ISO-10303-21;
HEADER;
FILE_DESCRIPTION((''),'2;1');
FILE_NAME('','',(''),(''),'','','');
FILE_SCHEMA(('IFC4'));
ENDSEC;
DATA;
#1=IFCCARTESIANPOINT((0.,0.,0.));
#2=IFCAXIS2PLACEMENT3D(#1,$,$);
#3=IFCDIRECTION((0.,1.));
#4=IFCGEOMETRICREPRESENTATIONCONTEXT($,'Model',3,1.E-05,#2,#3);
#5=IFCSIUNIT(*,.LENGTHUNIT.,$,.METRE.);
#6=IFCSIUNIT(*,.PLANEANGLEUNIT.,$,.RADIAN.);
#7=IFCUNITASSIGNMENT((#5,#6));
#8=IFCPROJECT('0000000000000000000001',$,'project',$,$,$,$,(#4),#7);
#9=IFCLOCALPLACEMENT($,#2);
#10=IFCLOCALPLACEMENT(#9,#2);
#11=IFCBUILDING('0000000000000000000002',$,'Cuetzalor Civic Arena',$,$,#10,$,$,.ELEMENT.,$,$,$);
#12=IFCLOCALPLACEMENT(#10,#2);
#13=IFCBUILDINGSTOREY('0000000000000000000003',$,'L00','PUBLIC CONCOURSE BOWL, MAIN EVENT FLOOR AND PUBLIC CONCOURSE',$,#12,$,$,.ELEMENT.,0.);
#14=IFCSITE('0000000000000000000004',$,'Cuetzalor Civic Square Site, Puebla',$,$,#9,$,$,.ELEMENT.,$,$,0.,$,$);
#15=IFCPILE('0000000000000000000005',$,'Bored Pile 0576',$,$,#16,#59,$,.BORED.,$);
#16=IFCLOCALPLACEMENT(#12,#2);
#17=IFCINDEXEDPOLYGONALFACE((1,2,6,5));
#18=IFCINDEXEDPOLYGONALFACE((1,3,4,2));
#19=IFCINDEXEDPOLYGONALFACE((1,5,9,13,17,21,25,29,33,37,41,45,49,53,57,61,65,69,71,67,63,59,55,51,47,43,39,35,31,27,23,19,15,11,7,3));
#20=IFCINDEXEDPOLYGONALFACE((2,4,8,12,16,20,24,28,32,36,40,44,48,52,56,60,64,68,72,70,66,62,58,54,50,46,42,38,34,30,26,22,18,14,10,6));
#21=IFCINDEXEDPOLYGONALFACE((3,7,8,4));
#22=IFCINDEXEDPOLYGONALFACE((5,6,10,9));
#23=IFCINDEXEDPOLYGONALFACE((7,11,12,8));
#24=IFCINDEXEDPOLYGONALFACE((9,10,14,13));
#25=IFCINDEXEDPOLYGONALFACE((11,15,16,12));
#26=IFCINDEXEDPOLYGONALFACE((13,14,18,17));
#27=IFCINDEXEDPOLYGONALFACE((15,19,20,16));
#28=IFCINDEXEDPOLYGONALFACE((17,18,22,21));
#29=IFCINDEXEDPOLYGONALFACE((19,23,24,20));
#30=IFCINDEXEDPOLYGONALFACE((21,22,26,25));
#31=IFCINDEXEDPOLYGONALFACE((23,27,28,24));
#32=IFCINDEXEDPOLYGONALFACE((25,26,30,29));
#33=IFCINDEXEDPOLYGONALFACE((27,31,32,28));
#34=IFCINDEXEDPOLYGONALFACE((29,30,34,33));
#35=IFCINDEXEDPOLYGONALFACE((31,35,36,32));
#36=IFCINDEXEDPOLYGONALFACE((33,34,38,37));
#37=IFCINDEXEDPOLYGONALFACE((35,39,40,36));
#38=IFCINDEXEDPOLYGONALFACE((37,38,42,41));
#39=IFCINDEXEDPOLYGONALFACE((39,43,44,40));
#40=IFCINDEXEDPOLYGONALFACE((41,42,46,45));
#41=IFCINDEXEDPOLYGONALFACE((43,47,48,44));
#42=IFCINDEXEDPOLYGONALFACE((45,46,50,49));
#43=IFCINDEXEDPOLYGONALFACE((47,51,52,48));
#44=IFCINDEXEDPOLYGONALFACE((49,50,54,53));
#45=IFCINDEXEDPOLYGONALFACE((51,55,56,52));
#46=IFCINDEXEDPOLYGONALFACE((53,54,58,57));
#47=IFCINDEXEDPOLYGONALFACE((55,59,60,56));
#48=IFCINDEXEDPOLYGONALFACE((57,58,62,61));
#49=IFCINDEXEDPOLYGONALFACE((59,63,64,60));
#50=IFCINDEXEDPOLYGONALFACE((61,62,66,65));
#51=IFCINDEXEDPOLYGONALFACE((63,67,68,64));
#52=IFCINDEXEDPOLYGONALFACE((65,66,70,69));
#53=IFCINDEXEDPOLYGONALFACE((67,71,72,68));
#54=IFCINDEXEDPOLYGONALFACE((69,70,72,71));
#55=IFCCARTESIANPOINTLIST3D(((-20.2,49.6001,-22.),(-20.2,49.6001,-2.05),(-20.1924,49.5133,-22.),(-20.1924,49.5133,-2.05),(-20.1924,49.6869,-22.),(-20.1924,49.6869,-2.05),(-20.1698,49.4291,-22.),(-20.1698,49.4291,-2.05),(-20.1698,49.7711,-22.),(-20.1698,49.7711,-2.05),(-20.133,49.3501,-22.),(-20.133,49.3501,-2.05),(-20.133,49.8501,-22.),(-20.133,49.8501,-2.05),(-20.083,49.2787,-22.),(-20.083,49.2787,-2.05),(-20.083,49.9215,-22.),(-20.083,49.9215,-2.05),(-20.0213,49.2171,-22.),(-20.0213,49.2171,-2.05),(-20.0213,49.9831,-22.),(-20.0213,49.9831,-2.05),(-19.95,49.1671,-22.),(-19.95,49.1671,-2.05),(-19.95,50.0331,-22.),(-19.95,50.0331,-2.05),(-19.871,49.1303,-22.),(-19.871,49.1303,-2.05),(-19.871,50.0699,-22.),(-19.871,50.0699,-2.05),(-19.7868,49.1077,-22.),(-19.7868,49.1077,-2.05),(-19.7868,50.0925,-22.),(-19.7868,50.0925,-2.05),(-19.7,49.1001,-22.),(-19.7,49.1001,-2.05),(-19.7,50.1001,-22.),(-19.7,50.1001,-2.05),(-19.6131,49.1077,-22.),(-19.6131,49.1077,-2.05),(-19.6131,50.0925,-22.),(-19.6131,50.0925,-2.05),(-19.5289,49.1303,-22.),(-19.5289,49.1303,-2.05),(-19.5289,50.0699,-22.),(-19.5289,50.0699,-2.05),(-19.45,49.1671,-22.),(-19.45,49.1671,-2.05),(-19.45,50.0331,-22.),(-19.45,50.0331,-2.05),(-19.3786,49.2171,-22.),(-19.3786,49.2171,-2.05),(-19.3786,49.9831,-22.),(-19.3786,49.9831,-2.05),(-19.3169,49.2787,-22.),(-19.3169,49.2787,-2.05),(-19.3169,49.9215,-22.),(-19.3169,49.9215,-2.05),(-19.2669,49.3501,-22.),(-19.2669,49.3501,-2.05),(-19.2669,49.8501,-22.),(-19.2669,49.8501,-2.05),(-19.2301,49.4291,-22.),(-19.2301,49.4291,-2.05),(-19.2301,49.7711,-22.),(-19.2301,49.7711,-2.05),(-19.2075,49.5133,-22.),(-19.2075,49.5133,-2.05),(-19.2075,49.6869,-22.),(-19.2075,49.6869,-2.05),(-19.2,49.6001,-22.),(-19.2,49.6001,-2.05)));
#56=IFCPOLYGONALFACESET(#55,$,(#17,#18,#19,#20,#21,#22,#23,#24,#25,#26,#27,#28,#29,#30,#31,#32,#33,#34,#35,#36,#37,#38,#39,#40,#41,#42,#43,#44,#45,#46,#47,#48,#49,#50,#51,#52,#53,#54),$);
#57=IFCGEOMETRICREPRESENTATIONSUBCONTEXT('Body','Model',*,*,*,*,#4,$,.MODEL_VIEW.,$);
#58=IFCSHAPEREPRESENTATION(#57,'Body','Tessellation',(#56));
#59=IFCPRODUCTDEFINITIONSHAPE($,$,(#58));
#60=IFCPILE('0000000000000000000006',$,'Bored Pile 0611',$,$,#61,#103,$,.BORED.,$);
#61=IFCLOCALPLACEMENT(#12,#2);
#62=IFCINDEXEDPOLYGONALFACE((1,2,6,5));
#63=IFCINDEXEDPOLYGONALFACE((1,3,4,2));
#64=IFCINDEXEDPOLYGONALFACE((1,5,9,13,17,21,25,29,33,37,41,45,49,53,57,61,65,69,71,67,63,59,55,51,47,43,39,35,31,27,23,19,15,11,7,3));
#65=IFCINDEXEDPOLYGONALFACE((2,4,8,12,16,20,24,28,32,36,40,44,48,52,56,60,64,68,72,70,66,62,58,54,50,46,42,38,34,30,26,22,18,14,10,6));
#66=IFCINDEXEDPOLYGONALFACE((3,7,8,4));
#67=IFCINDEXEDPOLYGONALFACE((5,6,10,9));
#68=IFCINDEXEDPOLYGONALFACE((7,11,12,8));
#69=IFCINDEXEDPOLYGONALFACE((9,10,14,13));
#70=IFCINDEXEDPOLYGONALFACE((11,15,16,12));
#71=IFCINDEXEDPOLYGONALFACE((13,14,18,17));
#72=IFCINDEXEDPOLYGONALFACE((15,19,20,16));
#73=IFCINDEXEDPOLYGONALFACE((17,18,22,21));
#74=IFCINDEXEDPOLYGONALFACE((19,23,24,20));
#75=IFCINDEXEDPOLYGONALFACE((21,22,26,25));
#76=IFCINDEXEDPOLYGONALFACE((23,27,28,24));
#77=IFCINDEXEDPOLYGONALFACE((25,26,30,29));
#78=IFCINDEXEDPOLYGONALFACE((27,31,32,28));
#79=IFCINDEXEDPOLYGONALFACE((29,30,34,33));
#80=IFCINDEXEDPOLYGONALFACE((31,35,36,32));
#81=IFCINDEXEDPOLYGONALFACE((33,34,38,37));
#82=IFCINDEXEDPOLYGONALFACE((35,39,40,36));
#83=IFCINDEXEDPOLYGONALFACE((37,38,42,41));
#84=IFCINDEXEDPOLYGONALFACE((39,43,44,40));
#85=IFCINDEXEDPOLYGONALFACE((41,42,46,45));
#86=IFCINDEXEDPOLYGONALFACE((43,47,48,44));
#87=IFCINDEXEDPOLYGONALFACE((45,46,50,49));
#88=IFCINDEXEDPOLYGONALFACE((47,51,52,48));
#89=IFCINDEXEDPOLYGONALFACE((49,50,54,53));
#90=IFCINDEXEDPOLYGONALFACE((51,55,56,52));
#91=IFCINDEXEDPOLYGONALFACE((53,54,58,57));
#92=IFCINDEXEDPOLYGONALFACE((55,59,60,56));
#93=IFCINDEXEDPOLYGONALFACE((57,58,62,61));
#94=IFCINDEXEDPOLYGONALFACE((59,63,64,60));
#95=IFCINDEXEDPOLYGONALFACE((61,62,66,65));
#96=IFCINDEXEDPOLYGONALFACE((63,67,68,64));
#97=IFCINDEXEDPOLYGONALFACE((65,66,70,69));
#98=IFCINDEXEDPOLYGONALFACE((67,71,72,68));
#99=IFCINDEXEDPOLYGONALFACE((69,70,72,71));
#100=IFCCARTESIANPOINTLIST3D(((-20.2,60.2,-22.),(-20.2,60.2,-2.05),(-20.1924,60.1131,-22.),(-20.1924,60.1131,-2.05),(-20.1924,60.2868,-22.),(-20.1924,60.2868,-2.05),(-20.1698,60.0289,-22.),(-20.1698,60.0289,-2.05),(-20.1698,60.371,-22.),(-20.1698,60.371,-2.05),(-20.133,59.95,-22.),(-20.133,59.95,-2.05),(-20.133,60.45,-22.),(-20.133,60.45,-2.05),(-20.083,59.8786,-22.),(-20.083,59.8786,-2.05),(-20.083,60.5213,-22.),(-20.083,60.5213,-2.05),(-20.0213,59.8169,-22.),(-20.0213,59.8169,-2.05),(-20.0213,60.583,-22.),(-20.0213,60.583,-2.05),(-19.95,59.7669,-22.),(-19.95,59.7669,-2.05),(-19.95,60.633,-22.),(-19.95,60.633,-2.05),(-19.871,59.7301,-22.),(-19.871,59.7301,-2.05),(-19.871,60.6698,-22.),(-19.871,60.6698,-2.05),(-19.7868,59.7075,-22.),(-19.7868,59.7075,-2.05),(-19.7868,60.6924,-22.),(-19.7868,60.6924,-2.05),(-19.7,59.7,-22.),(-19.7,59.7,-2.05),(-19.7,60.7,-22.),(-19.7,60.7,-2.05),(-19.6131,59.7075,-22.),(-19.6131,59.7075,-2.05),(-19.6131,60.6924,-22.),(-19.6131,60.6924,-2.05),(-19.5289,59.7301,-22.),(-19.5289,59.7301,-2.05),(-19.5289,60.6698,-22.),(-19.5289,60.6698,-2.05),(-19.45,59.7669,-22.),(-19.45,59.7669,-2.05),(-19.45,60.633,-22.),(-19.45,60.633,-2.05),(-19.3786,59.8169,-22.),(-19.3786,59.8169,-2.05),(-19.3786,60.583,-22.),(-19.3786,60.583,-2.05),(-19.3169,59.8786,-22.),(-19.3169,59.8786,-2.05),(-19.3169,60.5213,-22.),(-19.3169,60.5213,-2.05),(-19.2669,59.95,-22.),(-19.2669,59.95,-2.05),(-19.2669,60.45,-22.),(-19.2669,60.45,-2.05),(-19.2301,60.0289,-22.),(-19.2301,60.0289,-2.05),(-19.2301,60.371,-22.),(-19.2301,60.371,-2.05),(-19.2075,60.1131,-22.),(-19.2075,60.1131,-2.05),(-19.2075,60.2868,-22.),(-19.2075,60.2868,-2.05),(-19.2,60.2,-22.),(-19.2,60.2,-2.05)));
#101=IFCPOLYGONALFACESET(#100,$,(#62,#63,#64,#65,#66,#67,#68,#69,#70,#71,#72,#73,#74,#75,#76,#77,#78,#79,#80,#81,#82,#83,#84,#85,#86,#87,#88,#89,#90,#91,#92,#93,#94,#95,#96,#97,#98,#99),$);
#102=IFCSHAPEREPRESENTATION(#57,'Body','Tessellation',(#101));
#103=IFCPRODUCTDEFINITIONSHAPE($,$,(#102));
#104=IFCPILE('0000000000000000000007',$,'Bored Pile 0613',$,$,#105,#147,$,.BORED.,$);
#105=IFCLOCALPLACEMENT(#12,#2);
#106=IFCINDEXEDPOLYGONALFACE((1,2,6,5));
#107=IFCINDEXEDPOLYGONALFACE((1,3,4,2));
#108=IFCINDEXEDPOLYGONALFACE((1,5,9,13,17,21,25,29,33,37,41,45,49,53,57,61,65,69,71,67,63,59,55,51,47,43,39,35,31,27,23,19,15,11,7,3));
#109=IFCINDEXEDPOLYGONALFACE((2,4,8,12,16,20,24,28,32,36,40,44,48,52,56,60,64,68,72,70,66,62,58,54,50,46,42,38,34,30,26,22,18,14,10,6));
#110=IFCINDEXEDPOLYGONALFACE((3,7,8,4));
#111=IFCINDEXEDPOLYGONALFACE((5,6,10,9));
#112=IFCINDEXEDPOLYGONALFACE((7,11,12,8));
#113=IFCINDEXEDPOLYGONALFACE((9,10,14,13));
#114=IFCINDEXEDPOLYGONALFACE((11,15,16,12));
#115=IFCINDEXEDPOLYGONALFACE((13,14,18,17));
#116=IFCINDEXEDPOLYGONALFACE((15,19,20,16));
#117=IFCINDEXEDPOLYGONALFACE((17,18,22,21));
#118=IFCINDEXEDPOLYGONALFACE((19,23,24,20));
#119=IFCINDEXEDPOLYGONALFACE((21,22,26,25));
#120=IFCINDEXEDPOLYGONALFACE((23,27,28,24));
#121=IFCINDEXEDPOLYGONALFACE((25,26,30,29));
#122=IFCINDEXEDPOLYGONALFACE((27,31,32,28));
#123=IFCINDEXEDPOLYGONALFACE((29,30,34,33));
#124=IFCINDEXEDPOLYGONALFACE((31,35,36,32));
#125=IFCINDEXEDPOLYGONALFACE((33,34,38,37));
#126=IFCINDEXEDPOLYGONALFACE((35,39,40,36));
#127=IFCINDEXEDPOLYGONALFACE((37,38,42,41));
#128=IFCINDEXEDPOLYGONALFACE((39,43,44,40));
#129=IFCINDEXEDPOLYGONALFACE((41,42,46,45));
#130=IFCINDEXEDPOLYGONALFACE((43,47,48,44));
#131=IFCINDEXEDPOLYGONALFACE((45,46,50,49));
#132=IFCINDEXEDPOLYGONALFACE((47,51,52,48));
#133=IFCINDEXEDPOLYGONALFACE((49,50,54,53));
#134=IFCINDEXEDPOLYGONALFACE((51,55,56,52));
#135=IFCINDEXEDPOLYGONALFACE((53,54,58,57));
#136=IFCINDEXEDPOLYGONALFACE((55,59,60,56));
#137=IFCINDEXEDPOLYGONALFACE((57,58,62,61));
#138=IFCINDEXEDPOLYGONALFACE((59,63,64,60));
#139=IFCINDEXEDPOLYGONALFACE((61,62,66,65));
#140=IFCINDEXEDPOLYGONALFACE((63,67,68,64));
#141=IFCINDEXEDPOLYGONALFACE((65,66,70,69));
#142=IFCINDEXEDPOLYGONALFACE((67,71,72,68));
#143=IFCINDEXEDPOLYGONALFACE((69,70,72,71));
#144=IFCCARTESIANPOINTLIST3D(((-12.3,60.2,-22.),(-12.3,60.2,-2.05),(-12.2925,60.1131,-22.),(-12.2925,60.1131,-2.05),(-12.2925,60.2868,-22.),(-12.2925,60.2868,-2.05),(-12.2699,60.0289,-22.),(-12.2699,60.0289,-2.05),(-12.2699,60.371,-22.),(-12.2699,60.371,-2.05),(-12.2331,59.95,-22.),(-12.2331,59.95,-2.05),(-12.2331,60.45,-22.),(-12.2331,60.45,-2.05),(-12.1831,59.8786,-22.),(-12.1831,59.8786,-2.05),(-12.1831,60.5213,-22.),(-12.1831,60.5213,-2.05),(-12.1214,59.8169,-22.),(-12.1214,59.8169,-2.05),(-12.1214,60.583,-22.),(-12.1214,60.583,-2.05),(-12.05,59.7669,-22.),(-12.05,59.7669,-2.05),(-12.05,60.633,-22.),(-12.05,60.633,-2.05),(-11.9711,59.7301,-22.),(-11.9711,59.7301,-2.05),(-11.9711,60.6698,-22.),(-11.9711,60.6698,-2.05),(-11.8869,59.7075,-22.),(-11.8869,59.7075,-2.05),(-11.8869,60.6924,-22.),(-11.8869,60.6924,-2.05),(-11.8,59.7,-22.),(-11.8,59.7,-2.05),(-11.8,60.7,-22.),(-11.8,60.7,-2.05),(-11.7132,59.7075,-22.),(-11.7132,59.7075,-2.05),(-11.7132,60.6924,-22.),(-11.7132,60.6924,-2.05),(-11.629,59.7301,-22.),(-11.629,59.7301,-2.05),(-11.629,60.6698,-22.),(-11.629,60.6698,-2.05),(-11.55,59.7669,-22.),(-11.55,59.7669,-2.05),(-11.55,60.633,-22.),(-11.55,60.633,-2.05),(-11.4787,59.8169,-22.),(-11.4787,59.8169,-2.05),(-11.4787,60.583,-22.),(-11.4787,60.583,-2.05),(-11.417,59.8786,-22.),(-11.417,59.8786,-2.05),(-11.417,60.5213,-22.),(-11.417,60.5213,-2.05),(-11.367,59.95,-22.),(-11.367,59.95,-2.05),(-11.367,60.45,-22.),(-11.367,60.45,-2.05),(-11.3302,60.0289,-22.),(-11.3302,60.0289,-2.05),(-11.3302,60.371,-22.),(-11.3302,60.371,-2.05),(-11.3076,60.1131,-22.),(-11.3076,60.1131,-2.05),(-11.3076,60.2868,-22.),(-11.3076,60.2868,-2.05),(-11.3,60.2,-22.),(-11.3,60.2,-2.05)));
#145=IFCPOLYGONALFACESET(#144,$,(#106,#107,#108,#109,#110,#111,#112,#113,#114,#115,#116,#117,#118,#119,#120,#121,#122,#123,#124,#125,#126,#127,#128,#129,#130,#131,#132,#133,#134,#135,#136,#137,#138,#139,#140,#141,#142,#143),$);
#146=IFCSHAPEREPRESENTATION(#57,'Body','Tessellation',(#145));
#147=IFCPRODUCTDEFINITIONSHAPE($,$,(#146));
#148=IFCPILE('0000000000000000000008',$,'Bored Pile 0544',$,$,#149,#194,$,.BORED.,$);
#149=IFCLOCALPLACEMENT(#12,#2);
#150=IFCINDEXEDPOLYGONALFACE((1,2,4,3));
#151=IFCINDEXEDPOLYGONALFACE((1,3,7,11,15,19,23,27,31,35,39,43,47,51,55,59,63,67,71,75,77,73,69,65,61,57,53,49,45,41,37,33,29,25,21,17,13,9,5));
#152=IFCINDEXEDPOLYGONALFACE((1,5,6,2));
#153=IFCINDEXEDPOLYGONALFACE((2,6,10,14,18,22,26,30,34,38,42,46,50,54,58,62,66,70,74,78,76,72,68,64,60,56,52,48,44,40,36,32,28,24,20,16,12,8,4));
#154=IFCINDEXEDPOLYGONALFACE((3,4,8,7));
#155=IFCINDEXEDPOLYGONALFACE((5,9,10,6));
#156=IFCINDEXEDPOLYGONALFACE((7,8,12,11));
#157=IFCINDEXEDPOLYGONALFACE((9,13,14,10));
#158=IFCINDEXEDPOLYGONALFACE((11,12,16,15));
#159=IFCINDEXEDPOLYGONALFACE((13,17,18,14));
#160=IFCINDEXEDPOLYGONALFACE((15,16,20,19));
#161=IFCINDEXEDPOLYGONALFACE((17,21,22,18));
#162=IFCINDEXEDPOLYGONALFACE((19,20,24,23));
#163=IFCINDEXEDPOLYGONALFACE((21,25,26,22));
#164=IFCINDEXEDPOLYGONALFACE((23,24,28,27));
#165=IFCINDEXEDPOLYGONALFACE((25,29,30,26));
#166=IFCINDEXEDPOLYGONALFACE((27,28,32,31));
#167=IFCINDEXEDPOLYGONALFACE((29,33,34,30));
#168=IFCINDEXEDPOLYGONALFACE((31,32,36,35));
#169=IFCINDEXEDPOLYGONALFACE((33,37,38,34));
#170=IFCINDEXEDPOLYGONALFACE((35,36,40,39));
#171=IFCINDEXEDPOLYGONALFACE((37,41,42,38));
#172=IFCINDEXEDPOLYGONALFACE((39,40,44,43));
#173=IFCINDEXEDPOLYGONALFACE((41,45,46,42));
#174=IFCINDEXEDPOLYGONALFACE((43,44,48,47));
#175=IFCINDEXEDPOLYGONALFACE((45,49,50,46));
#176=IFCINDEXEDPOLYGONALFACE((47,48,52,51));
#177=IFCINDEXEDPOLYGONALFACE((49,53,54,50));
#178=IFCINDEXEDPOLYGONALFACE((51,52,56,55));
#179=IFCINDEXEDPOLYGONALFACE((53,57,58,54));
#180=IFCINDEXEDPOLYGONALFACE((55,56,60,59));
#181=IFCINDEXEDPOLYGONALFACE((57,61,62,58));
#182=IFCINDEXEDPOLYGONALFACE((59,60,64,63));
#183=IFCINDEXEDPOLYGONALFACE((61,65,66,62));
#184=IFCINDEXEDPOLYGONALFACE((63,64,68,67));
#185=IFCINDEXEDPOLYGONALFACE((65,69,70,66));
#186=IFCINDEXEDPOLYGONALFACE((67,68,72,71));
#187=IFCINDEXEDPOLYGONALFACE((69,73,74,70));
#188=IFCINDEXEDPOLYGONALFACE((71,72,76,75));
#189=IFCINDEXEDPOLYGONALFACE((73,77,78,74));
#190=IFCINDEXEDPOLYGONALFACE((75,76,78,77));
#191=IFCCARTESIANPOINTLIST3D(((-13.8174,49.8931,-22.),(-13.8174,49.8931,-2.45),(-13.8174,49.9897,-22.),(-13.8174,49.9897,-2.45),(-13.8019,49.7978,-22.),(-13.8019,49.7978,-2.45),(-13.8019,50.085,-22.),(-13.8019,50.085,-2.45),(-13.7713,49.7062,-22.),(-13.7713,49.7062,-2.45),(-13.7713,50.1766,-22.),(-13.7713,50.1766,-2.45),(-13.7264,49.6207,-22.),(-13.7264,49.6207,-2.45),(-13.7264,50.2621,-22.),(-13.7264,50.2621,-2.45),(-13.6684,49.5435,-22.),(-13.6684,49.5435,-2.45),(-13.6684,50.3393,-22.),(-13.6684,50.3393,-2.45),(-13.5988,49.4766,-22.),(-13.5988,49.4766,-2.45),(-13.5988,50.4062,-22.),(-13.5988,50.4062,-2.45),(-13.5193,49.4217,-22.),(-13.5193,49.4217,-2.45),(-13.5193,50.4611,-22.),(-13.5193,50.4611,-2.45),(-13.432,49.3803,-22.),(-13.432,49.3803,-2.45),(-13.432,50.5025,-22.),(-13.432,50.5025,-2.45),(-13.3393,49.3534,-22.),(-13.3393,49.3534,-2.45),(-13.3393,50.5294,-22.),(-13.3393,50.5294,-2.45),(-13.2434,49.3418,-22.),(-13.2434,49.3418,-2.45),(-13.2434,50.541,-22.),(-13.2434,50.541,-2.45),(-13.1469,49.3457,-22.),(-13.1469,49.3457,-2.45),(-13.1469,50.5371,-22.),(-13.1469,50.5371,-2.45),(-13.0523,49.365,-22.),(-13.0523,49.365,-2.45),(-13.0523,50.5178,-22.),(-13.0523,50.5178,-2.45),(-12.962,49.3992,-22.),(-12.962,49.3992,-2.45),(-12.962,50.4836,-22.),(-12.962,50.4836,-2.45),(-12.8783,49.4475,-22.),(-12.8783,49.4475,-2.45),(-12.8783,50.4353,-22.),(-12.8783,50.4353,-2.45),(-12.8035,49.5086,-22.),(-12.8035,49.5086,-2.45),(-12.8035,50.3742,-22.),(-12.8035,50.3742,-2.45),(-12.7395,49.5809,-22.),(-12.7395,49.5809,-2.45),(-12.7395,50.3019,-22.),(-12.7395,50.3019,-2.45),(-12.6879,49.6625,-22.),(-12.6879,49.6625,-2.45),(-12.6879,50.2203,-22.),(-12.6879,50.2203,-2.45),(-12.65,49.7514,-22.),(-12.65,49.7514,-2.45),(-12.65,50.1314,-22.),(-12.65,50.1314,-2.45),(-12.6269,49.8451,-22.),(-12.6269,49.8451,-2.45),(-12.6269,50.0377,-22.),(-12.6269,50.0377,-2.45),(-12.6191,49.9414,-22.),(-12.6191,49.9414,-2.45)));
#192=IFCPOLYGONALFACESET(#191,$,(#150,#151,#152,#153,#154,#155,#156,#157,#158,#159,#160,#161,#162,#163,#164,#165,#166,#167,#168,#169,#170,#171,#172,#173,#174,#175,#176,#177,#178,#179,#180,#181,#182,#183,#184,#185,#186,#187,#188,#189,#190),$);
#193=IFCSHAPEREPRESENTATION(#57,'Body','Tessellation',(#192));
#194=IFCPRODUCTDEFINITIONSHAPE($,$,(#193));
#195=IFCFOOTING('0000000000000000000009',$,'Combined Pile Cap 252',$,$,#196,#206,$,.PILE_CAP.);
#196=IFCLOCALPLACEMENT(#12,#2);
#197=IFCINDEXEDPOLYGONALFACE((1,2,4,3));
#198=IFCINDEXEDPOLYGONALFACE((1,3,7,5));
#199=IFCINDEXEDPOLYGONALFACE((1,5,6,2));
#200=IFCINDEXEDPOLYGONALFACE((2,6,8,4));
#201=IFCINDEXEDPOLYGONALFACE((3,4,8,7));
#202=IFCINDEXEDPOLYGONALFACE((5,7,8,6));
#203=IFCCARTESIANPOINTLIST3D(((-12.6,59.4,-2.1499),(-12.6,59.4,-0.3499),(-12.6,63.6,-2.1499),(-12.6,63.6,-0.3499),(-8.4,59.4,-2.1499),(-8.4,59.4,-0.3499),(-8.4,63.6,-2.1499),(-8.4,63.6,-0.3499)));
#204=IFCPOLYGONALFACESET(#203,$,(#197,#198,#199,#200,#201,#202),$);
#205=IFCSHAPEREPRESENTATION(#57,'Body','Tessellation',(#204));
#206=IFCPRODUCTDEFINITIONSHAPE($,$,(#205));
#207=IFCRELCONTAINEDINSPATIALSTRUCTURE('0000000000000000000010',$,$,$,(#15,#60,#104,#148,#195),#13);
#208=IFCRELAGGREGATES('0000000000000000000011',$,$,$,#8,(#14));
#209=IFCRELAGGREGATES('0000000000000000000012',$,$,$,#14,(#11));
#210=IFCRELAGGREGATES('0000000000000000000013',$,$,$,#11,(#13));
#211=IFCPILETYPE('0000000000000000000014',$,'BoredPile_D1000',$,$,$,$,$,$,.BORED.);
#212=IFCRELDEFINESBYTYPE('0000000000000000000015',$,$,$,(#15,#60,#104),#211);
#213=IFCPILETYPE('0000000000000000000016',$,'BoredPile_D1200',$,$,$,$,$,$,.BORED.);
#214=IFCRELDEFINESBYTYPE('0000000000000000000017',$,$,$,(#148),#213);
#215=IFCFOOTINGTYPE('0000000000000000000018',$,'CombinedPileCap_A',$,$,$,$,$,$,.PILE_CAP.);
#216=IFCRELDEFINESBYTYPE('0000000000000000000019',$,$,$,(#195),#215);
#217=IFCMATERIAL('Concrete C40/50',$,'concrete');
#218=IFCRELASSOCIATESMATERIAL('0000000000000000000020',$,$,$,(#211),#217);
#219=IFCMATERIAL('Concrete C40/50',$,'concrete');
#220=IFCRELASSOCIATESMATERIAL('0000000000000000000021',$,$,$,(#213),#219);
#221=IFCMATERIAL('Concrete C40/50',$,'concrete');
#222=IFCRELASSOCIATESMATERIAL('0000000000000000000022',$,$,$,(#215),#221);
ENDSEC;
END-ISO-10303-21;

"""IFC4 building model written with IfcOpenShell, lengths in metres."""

from ifc_helpers import new_model, si_unit, direction, frame, origin, origin_2d, place, context, subcontext, project, spatial, rectangle, circle, extrude, material, material_profile, profile_set, type_object, element, save


model = new_model("IFC4")

# Units and contexts
model_context = context("Model", 3, precision=1e-05, world=origin(), true_north=direction((0.0, 1.0)))
body_context = subcontext(model_context, "Body", "Model", "MODEL_VIEW")
ifc_project = project(units=[si_unit("LENGTHUNIT", "METRE"), si_unit("PLANEANGLEUNIT", "RADIAN")], contexts=[model_context])

# Site, building, storey
site_placement = place(None, origin())
site = spatial("IfcSite", under=ifc_project, at=site_placement, Name="Cuetzalor Civic Square Site, Puebla", CompositionType="ELEMENT", RefElevation=0.0)
building_placement = place(site_placement, origin())
building = spatial("IfcBuilding", under=site, at=building_placement, Name="Cuetzalor Civic Arena", CompositionType="ELEMENT")
storey_placement = place(building_placement, origin())
storey = spatial("IfcBuildingStorey", under=building, at=storey_placement, Name="L00", Description="PUBLIC CONCOURSE BOWL, MAIN EVENT FLOOR AND PUBLIC CONCOURSE", CompositionType="ELEMENT", Elevation=0.0)

# Piles
ifc_material_1 = material(Name="Concrete C40/50", Category="concrete")
ifc_material_profile_1 = material_profile(ifc_material_1, circle(Radius=0.5, at=origin_2d()), Name="BORED PILE D1000")
ifc_profile_set_1 = profile_set([ifc_material_profile_1], Name="Concrete C40/50")
pile_type_1 = type_object("IfcPileType", Name="BoredPile_D1000", PredefinedType="BORED", material=ifc_profile_set_1)
for number, where, z_axis, x_axis, name in (
    (1, (-19.7, 49.6001, -2.05), (0.0, 0.0, -1.0), (1.0, 0.0, 0.0), "Bored Pile 0576"),
    (2, (-19.7, 60.2, -2.05), (0.0, 0.0, -1.0), (1.0, 0.0, 0.0), "Bored Pile 0611"),
    (3, (-11.8, 60.2, -2.05), (0.0, 0.0, -1.0), (1.0, 0.0, 0.0), "Bored Pile 0613"),
):
    element("IfcPile", number, at=place(storey_placement, frame(where, z_axis=z_axis, x_axis=x_axis)), inside=storey, type_object=pile_type_1, Name=name, PredefinedType="BORED", context=body_context, shape_type="SweptSolid", body=[
        extrude(circle(Radius=0.5, at=origin_2d()), origin(), (0.0, 0.0, 1.0), 19.95),
    ])
ifc_material_2 = material(Name="Concrete C40/50", Category="concrete")
ifc_material_profile_2 = material_profile(ifc_material_2, circle(Radius=0.6001, at=origin_2d()), Name="BORED PILE D1200")
ifc_profile_set_2 = profile_set([ifc_material_profile_2], Name="Concrete C40/50")
pile_type_2 = type_object("IfcPileType", Name="BoredPile_D1200", PredefinedType="BORED", material=ifc_profile_set_2)
pile_placement = place(storey_placement, frame((-13.2192, 49.9414, -2.45), z_axis=(0.0, 0.0, -1.0), x_axis=(1.0, 0.0, 0.0)))
element("IfcPile", 4, at=pile_placement, inside=storey, type_object=pile_type_2, Name="Bored Pile 0544", PredefinedType="BORED", context=body_context, shape_type="SweptSolid", body=[
    extrude(circle(Radius=0.6001, at=origin_2d()), origin(), (0.0, 0.0, 1.0), 19.55),
])

# Footing
ifc_material_3 = material(Name="Concrete C40/50", Category="concrete")
footing_type_1 = type_object("IfcFootingType", Name="CombinedPileCap_A", PredefinedType="PILE_CAP", material=ifc_material_3)
footing_1_placement = place(storey_placement, frame((-10.5, 61.5, -2.1499), z_axis=(0.0, 0.0, 1.0), x_axis=(1.0, 0.0, 0.0)))
element("IfcFooting", 5, at=footing_1_placement, inside=storey, type_object=footing_type_1, Name="Combined Pile Cap 252", PredefinedType="PILE_CAP", context=body_context, shape_type="SweptSolid", body=[
    extrude(rectangle(XDim=4.2, YDim=4.2, at=origin_2d()), origin(), (0.0, 0.0, 1.0), 1.8),
])

save(model, "model.ifc")
